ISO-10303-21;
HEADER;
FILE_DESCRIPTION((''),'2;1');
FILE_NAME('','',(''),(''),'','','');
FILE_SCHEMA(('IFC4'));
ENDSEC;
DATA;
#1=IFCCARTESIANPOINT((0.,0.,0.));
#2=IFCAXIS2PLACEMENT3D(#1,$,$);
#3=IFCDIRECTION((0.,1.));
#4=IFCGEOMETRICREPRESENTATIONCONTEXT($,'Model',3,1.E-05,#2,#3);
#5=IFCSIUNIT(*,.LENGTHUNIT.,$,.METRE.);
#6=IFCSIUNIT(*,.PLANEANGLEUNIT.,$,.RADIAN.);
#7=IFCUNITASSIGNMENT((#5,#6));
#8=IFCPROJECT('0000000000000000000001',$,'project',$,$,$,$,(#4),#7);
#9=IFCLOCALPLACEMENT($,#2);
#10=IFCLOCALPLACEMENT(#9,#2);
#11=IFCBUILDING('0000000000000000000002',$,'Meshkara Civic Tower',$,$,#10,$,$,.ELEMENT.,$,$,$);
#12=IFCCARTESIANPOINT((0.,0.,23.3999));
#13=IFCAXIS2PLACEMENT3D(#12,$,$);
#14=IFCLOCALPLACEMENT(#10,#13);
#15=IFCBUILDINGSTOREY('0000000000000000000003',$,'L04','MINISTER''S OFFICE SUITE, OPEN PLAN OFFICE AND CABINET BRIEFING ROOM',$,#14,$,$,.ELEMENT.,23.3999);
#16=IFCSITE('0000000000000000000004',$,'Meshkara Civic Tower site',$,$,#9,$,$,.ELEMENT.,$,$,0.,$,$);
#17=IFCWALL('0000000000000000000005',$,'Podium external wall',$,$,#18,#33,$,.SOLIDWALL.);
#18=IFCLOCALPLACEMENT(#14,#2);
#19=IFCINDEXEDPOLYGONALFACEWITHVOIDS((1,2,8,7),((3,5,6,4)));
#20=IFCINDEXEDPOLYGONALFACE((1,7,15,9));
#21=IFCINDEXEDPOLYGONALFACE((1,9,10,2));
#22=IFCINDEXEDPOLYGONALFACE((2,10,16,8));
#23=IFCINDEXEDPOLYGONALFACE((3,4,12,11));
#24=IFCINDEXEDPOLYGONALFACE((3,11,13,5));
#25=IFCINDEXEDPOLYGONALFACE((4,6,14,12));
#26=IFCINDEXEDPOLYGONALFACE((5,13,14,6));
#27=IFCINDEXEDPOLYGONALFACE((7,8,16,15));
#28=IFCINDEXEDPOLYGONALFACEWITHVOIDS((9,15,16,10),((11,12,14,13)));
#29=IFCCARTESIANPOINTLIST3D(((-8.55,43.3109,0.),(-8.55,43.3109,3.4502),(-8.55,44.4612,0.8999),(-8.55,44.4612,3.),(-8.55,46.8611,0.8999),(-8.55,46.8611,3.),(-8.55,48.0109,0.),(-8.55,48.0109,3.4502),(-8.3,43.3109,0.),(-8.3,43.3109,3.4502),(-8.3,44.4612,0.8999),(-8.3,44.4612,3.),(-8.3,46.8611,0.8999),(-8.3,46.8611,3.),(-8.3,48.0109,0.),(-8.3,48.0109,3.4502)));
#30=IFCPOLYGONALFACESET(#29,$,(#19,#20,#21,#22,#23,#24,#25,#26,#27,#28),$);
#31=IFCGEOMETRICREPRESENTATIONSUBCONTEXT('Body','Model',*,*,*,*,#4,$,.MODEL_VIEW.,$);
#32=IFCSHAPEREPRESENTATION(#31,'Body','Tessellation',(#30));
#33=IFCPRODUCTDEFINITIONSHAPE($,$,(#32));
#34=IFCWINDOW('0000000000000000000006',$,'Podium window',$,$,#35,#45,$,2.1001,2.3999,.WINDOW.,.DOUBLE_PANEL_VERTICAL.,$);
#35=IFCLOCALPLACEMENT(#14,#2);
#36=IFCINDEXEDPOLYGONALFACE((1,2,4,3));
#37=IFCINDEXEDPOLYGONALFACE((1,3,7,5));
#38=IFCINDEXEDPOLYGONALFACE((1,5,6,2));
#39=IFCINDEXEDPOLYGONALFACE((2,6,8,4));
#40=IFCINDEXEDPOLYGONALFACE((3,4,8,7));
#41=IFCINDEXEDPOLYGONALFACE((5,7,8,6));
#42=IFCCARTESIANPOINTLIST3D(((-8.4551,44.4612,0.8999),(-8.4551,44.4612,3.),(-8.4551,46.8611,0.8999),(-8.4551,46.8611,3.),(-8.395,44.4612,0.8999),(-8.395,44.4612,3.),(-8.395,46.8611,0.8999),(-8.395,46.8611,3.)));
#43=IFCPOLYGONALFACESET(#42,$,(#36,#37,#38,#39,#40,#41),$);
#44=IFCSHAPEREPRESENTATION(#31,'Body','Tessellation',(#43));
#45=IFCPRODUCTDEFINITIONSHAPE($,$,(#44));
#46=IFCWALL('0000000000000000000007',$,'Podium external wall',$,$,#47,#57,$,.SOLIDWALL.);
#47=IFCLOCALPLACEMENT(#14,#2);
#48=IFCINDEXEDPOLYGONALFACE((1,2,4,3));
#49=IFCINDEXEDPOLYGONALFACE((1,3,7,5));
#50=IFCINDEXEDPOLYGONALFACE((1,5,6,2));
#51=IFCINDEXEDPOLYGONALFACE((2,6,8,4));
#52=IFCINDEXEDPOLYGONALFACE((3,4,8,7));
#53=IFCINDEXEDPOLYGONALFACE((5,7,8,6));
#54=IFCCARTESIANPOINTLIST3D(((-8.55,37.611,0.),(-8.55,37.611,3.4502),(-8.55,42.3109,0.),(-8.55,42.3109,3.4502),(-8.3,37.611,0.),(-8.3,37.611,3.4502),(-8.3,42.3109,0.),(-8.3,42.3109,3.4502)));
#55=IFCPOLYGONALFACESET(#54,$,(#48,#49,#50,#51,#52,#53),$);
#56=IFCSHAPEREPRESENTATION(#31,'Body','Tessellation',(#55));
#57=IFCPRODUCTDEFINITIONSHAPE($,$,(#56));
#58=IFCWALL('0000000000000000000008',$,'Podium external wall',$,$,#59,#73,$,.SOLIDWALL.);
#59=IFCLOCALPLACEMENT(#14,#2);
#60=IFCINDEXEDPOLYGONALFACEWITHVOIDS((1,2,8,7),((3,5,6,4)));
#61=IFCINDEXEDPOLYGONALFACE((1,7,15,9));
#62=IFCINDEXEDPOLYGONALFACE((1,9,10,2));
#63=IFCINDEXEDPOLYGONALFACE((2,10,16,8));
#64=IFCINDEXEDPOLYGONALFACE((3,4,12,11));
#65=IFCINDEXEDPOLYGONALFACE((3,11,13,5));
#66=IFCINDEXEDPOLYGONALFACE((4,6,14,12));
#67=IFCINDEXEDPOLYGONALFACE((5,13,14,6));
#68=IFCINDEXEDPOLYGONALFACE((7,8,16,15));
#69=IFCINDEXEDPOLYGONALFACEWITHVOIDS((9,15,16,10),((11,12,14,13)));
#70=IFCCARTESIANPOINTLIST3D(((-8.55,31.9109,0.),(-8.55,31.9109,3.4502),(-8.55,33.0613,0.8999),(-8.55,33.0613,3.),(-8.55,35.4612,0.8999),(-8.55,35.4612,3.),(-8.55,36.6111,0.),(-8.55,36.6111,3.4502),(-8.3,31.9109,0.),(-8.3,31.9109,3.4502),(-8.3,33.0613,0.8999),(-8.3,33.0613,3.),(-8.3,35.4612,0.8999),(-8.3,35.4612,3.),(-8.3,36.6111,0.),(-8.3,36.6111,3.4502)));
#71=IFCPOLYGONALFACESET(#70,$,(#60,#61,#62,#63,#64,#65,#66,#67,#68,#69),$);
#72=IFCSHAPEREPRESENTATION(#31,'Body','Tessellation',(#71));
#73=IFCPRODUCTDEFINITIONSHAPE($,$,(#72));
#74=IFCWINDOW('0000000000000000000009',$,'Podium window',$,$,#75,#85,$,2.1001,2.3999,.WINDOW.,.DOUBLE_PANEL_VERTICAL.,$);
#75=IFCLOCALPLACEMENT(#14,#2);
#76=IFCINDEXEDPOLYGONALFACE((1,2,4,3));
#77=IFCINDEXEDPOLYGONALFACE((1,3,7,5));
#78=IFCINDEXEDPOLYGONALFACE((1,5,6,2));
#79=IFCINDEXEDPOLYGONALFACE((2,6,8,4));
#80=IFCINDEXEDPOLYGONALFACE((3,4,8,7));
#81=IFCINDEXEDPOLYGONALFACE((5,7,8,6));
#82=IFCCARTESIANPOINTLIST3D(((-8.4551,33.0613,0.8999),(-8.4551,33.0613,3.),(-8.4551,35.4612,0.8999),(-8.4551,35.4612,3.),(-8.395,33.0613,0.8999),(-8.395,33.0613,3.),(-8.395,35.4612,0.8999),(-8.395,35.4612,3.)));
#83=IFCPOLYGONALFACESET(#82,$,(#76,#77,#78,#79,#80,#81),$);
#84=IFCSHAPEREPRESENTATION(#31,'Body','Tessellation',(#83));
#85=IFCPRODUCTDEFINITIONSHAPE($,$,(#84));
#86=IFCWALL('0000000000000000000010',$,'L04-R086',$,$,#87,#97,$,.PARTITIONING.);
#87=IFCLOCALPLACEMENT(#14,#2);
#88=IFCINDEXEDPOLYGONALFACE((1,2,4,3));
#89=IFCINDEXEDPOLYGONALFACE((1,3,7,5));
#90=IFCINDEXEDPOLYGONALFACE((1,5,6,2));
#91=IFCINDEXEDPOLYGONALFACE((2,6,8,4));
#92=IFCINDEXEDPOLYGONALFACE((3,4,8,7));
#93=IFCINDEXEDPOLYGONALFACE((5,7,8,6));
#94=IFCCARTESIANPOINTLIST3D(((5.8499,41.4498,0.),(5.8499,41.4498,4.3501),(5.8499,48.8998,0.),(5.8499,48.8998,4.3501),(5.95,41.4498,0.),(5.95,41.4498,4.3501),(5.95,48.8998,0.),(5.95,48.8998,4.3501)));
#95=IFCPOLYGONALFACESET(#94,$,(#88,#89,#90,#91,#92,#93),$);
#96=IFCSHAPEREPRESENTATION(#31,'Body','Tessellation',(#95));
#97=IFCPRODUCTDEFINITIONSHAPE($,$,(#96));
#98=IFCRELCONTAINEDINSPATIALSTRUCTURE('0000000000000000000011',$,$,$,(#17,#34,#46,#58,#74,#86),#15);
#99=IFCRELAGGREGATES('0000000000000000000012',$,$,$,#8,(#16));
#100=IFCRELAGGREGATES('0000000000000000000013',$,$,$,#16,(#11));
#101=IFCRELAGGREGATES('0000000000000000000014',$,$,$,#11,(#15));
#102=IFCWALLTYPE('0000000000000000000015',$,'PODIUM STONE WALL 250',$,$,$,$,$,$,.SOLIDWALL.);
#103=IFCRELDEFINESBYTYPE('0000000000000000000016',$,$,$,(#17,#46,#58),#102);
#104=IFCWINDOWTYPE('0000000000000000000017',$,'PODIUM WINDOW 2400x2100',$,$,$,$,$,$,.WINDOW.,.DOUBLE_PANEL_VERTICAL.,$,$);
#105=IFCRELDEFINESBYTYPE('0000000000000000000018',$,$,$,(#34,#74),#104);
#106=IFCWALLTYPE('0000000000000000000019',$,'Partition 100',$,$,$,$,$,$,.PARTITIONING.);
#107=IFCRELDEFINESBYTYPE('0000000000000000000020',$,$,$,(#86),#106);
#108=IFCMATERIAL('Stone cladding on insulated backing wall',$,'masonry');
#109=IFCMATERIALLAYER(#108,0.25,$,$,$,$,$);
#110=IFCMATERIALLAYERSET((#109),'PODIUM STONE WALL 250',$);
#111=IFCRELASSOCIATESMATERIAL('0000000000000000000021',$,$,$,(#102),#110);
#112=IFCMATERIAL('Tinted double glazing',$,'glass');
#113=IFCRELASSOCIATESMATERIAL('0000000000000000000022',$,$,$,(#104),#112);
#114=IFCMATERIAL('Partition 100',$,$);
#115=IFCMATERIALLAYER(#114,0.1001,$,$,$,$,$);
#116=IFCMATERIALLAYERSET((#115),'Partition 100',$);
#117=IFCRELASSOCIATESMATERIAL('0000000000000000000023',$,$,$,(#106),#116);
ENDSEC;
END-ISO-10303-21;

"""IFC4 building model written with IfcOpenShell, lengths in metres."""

from ifc_helpers import new_model, si_unit, direction, frame, frame_2d, origin, place, context, subcontext, project, spatial, rectangle, extrude, material, layer, layer_set, type_object, element, fill, save


model = new_model("IFC4")

# Units and contexts
model_context = context("Model", 3, precision=1e-05, world=origin(), true_north=direction((0.0, 1.0)))
body_context = subcontext(model_context, "Body", "Model", "MODEL_VIEW")
ifc_project = project(units=[si_unit("LENGTHUNIT", "METRE"), si_unit("PLANEANGLEUNIT", "RADIAN")], contexts=[model_context])

# Site, building, storey
site_placement = place(None, origin())
site = spatial("IfcSite", under=ifc_project, at=site_placement, Name="Meshkara Civic Tower site", CompositionType="ELEMENT", RefElevation=0.0)
building_placement = place(site_placement, origin())
building = spatial("IfcBuilding", under=site, at=building_placement, Name="Meshkara Civic Tower", CompositionType="ELEMENT")
storey_placement = place(building_placement, frame((0.0, 0.0, 23.3999)))
storey = spatial("IfcBuildingStorey", under=building, at=storey_placement, Name="L04", Description="MINISTER'S OFFICE SUITE, OPEN PLAN OFFICE AND CABINET BRIEFING ROOM", CompositionType="ELEMENT", Elevation=23.3999)

# Wall, opening, window
ifc_material_1 = material(Name="Stone cladding on insulated backing wall", Category="masonry")
ifc_layer_1 = layer(ifc_material_1, 0.25)
ifc_layer_set_1 = layer_set([ifc_layer_1], Name="PODIUM STONE WALL 250")
wall_type_1 = type_object("IfcWallType", Name="PODIUM STONE WALL 250", PredefinedType="SOLIDWALL", material=ifc_layer_set_1)
wall_1_placement = place(storey_placement, frame((-8.425, 48.011, 0.0), z_axis=(0.0, 0.0, 1.0), x_axis=(0.0, -1.0, 0.0)))
wall_1 = element("IfcWall", 1, at=wall_1_placement, inside=storey, type_object=wall_type_1, Name="Podium external wall", PredefinedType="SOLIDWALL", context=body_context, shape_type="SweptSolid", body=[
    extrude(rectangle(XDim=4.7, YDim=0.25, at=frame_2d((2.3501, 0.0))), origin(), (0.0, 0.0, 1.0), 3.4502),
])
opening_1_placement = place(wall_1_placement, frame((1.1499, 0.0, 0.8999)))
opening_1 = element("IfcOpeningElement", 2, at=opening_1_placement, cuts=wall_1, PredefinedType="OPENING", context=body_context, shape_type="SweptSolid", body=[
    extrude(rectangle(XDim=2.3999, YDim=2.1001, at=frame_2d((1.2, 1.05))), frame((0.0, 0.135, 0.0), z_axis=(0.0, -1.0, 0.0), x_axis=(1.0, 0.0, 0.0)), (0.0, 0.0, 1.0), 0.27),
])
ifc_material_2 = material(Name="Tinted double glazing", Category="glass")
window_type = type_object("IfcWindowType", Name="PODIUM WINDOW 2400x2100", PartitioningType="DOUBLE_PANEL_VERTICAL", PredefinedType="WINDOW", material=ifc_material_2)
window_1_placement = place(opening_1_placement, origin())
window_1 = element("IfcWindow", 3, at=window_1_placement, inside=storey, type_object=window_type, Name="Podium window", OverallHeight=2.1001, OverallWidth=2.3999, PartitioningType="DOUBLE_PANEL_VERTICAL", PredefinedType="WINDOW", context=body_context, shape_type="SweptSolid", body=[
    extrude(rectangle(XDim=2.3999, YDim=2.1001, at=frame_2d((1.2, 1.05))), frame((0.0, 0.03, 0.0), z_axis=(0.0, -1.0, 0.0), x_axis=(1.0, 0.0, 0.0)), (0.0, 0.0, 1.0), 0.0601),
])
fill(opening_1, window_1)

# Wall
wall_2_placement = place(storey_placement, frame((-8.425, 42.311, 0.0), z_axis=(0.0, 0.0, 1.0), x_axis=(0.0, -1.0, 0.0)))
element("IfcWall", 4, at=wall_2_placement, inside=storey, type_object=wall_type_1, Name="Podium external wall", PredefinedType="SOLIDWALL", context=body_context, shape_type="SweptSolid", body=[
    extrude(rectangle(XDim=4.7, YDim=0.25, at=frame_2d((2.3501, 0.0))), origin(), (0.0, 0.0, 1.0), 3.4502),
])

# Wall, opening, window
wall_3_placement = place(storey_placement, frame((-8.425, 36.6111, 0.0), z_axis=(0.0, 0.0, 1.0), x_axis=(0.0, -1.0, 0.0)))
wall_3 = element("IfcWall", 5, at=wall_3_placement, inside=storey, type_object=wall_type_1, Name="Podium external wall", PredefinedType="SOLIDWALL", context=body_context, shape_type="SweptSolid", body=[
    extrude(rectangle(XDim=4.7002, YDim=0.25, at=frame_2d((2.3501, 0.0))), origin(), (0.0, 0.0, 1.0), 3.4502),
])
opening_2_placement = place(wall_3_placement, frame((1.1499, 0.0, 0.8999)))
opening_2 = element("IfcOpeningElement", 6, at=opening_2_placement, cuts=wall_3, PredefinedType="OPENING", context=body_context, shape_type="SweptSolid", body=[
    extrude(rectangle(XDim=2.3999, YDim=2.1001, at=frame_2d((1.2, 1.05))), frame((0.0, 0.135, 0.0), z_axis=(0.0, -1.0, 0.0), x_axis=(1.0, 0.0, 0.0)), (0.0, 0.0, 1.0), 0.27),
])
window_2_placement = place(opening_2_placement, origin())
window_2 = element("IfcWindow", 7, at=window_2_placement, inside=storey, type_object=window_type, Name="Podium window", OverallHeight=2.1001, OverallWidth=2.3999, PartitioningType="DOUBLE_PANEL_VERTICAL", PredefinedType="WINDOW", context=body_context, shape_type="SweptSolid", body=[
    extrude(rectangle(XDim=2.3999, YDim=2.1001, at=frame_2d((1.2, 1.05))), frame((0.0, 0.03, 0.0), z_axis=(0.0, -1.0, 0.0), x_axis=(1.0, 0.0, 0.0)), (0.0, 0.0, 1.0), 0.0601),
])
fill(opening_2, window_2)

# Wall
ifc_material_3 = material(Name="Partition 100")
ifc_layer_2 = layer(ifc_material_3, 0.1001)
ifc_layer_set_2 = layer_set([ifc_layer_2], Name="Partition 100")
wall_type_2 = type_object("IfcWallType", Name="Partition 100", PredefinedType="PARTITIONING", material=ifc_layer_set_2)
wall_4_placement = place(storey_placement, frame((5.8999, 48.8999, 0.0), z_axis=(0.0, 0.0, 1.0), x_axis=(0.0, -1.0, 0.0)))
element("IfcWall", 8, at=wall_4_placement, inside=storey, type_object=wall_type_2, Name="L04-R086", PredefinedType="PARTITIONING", context=body_context, shape_type="SweptSolid", body=[
    extrude(rectangle(XDim=7.45, YDim=0.1001, at=frame_2d((3.7251, 0.0))), origin(), (0.0, 0.0, 1.0), 4.3501),
])

save(model, "model.ifc")
